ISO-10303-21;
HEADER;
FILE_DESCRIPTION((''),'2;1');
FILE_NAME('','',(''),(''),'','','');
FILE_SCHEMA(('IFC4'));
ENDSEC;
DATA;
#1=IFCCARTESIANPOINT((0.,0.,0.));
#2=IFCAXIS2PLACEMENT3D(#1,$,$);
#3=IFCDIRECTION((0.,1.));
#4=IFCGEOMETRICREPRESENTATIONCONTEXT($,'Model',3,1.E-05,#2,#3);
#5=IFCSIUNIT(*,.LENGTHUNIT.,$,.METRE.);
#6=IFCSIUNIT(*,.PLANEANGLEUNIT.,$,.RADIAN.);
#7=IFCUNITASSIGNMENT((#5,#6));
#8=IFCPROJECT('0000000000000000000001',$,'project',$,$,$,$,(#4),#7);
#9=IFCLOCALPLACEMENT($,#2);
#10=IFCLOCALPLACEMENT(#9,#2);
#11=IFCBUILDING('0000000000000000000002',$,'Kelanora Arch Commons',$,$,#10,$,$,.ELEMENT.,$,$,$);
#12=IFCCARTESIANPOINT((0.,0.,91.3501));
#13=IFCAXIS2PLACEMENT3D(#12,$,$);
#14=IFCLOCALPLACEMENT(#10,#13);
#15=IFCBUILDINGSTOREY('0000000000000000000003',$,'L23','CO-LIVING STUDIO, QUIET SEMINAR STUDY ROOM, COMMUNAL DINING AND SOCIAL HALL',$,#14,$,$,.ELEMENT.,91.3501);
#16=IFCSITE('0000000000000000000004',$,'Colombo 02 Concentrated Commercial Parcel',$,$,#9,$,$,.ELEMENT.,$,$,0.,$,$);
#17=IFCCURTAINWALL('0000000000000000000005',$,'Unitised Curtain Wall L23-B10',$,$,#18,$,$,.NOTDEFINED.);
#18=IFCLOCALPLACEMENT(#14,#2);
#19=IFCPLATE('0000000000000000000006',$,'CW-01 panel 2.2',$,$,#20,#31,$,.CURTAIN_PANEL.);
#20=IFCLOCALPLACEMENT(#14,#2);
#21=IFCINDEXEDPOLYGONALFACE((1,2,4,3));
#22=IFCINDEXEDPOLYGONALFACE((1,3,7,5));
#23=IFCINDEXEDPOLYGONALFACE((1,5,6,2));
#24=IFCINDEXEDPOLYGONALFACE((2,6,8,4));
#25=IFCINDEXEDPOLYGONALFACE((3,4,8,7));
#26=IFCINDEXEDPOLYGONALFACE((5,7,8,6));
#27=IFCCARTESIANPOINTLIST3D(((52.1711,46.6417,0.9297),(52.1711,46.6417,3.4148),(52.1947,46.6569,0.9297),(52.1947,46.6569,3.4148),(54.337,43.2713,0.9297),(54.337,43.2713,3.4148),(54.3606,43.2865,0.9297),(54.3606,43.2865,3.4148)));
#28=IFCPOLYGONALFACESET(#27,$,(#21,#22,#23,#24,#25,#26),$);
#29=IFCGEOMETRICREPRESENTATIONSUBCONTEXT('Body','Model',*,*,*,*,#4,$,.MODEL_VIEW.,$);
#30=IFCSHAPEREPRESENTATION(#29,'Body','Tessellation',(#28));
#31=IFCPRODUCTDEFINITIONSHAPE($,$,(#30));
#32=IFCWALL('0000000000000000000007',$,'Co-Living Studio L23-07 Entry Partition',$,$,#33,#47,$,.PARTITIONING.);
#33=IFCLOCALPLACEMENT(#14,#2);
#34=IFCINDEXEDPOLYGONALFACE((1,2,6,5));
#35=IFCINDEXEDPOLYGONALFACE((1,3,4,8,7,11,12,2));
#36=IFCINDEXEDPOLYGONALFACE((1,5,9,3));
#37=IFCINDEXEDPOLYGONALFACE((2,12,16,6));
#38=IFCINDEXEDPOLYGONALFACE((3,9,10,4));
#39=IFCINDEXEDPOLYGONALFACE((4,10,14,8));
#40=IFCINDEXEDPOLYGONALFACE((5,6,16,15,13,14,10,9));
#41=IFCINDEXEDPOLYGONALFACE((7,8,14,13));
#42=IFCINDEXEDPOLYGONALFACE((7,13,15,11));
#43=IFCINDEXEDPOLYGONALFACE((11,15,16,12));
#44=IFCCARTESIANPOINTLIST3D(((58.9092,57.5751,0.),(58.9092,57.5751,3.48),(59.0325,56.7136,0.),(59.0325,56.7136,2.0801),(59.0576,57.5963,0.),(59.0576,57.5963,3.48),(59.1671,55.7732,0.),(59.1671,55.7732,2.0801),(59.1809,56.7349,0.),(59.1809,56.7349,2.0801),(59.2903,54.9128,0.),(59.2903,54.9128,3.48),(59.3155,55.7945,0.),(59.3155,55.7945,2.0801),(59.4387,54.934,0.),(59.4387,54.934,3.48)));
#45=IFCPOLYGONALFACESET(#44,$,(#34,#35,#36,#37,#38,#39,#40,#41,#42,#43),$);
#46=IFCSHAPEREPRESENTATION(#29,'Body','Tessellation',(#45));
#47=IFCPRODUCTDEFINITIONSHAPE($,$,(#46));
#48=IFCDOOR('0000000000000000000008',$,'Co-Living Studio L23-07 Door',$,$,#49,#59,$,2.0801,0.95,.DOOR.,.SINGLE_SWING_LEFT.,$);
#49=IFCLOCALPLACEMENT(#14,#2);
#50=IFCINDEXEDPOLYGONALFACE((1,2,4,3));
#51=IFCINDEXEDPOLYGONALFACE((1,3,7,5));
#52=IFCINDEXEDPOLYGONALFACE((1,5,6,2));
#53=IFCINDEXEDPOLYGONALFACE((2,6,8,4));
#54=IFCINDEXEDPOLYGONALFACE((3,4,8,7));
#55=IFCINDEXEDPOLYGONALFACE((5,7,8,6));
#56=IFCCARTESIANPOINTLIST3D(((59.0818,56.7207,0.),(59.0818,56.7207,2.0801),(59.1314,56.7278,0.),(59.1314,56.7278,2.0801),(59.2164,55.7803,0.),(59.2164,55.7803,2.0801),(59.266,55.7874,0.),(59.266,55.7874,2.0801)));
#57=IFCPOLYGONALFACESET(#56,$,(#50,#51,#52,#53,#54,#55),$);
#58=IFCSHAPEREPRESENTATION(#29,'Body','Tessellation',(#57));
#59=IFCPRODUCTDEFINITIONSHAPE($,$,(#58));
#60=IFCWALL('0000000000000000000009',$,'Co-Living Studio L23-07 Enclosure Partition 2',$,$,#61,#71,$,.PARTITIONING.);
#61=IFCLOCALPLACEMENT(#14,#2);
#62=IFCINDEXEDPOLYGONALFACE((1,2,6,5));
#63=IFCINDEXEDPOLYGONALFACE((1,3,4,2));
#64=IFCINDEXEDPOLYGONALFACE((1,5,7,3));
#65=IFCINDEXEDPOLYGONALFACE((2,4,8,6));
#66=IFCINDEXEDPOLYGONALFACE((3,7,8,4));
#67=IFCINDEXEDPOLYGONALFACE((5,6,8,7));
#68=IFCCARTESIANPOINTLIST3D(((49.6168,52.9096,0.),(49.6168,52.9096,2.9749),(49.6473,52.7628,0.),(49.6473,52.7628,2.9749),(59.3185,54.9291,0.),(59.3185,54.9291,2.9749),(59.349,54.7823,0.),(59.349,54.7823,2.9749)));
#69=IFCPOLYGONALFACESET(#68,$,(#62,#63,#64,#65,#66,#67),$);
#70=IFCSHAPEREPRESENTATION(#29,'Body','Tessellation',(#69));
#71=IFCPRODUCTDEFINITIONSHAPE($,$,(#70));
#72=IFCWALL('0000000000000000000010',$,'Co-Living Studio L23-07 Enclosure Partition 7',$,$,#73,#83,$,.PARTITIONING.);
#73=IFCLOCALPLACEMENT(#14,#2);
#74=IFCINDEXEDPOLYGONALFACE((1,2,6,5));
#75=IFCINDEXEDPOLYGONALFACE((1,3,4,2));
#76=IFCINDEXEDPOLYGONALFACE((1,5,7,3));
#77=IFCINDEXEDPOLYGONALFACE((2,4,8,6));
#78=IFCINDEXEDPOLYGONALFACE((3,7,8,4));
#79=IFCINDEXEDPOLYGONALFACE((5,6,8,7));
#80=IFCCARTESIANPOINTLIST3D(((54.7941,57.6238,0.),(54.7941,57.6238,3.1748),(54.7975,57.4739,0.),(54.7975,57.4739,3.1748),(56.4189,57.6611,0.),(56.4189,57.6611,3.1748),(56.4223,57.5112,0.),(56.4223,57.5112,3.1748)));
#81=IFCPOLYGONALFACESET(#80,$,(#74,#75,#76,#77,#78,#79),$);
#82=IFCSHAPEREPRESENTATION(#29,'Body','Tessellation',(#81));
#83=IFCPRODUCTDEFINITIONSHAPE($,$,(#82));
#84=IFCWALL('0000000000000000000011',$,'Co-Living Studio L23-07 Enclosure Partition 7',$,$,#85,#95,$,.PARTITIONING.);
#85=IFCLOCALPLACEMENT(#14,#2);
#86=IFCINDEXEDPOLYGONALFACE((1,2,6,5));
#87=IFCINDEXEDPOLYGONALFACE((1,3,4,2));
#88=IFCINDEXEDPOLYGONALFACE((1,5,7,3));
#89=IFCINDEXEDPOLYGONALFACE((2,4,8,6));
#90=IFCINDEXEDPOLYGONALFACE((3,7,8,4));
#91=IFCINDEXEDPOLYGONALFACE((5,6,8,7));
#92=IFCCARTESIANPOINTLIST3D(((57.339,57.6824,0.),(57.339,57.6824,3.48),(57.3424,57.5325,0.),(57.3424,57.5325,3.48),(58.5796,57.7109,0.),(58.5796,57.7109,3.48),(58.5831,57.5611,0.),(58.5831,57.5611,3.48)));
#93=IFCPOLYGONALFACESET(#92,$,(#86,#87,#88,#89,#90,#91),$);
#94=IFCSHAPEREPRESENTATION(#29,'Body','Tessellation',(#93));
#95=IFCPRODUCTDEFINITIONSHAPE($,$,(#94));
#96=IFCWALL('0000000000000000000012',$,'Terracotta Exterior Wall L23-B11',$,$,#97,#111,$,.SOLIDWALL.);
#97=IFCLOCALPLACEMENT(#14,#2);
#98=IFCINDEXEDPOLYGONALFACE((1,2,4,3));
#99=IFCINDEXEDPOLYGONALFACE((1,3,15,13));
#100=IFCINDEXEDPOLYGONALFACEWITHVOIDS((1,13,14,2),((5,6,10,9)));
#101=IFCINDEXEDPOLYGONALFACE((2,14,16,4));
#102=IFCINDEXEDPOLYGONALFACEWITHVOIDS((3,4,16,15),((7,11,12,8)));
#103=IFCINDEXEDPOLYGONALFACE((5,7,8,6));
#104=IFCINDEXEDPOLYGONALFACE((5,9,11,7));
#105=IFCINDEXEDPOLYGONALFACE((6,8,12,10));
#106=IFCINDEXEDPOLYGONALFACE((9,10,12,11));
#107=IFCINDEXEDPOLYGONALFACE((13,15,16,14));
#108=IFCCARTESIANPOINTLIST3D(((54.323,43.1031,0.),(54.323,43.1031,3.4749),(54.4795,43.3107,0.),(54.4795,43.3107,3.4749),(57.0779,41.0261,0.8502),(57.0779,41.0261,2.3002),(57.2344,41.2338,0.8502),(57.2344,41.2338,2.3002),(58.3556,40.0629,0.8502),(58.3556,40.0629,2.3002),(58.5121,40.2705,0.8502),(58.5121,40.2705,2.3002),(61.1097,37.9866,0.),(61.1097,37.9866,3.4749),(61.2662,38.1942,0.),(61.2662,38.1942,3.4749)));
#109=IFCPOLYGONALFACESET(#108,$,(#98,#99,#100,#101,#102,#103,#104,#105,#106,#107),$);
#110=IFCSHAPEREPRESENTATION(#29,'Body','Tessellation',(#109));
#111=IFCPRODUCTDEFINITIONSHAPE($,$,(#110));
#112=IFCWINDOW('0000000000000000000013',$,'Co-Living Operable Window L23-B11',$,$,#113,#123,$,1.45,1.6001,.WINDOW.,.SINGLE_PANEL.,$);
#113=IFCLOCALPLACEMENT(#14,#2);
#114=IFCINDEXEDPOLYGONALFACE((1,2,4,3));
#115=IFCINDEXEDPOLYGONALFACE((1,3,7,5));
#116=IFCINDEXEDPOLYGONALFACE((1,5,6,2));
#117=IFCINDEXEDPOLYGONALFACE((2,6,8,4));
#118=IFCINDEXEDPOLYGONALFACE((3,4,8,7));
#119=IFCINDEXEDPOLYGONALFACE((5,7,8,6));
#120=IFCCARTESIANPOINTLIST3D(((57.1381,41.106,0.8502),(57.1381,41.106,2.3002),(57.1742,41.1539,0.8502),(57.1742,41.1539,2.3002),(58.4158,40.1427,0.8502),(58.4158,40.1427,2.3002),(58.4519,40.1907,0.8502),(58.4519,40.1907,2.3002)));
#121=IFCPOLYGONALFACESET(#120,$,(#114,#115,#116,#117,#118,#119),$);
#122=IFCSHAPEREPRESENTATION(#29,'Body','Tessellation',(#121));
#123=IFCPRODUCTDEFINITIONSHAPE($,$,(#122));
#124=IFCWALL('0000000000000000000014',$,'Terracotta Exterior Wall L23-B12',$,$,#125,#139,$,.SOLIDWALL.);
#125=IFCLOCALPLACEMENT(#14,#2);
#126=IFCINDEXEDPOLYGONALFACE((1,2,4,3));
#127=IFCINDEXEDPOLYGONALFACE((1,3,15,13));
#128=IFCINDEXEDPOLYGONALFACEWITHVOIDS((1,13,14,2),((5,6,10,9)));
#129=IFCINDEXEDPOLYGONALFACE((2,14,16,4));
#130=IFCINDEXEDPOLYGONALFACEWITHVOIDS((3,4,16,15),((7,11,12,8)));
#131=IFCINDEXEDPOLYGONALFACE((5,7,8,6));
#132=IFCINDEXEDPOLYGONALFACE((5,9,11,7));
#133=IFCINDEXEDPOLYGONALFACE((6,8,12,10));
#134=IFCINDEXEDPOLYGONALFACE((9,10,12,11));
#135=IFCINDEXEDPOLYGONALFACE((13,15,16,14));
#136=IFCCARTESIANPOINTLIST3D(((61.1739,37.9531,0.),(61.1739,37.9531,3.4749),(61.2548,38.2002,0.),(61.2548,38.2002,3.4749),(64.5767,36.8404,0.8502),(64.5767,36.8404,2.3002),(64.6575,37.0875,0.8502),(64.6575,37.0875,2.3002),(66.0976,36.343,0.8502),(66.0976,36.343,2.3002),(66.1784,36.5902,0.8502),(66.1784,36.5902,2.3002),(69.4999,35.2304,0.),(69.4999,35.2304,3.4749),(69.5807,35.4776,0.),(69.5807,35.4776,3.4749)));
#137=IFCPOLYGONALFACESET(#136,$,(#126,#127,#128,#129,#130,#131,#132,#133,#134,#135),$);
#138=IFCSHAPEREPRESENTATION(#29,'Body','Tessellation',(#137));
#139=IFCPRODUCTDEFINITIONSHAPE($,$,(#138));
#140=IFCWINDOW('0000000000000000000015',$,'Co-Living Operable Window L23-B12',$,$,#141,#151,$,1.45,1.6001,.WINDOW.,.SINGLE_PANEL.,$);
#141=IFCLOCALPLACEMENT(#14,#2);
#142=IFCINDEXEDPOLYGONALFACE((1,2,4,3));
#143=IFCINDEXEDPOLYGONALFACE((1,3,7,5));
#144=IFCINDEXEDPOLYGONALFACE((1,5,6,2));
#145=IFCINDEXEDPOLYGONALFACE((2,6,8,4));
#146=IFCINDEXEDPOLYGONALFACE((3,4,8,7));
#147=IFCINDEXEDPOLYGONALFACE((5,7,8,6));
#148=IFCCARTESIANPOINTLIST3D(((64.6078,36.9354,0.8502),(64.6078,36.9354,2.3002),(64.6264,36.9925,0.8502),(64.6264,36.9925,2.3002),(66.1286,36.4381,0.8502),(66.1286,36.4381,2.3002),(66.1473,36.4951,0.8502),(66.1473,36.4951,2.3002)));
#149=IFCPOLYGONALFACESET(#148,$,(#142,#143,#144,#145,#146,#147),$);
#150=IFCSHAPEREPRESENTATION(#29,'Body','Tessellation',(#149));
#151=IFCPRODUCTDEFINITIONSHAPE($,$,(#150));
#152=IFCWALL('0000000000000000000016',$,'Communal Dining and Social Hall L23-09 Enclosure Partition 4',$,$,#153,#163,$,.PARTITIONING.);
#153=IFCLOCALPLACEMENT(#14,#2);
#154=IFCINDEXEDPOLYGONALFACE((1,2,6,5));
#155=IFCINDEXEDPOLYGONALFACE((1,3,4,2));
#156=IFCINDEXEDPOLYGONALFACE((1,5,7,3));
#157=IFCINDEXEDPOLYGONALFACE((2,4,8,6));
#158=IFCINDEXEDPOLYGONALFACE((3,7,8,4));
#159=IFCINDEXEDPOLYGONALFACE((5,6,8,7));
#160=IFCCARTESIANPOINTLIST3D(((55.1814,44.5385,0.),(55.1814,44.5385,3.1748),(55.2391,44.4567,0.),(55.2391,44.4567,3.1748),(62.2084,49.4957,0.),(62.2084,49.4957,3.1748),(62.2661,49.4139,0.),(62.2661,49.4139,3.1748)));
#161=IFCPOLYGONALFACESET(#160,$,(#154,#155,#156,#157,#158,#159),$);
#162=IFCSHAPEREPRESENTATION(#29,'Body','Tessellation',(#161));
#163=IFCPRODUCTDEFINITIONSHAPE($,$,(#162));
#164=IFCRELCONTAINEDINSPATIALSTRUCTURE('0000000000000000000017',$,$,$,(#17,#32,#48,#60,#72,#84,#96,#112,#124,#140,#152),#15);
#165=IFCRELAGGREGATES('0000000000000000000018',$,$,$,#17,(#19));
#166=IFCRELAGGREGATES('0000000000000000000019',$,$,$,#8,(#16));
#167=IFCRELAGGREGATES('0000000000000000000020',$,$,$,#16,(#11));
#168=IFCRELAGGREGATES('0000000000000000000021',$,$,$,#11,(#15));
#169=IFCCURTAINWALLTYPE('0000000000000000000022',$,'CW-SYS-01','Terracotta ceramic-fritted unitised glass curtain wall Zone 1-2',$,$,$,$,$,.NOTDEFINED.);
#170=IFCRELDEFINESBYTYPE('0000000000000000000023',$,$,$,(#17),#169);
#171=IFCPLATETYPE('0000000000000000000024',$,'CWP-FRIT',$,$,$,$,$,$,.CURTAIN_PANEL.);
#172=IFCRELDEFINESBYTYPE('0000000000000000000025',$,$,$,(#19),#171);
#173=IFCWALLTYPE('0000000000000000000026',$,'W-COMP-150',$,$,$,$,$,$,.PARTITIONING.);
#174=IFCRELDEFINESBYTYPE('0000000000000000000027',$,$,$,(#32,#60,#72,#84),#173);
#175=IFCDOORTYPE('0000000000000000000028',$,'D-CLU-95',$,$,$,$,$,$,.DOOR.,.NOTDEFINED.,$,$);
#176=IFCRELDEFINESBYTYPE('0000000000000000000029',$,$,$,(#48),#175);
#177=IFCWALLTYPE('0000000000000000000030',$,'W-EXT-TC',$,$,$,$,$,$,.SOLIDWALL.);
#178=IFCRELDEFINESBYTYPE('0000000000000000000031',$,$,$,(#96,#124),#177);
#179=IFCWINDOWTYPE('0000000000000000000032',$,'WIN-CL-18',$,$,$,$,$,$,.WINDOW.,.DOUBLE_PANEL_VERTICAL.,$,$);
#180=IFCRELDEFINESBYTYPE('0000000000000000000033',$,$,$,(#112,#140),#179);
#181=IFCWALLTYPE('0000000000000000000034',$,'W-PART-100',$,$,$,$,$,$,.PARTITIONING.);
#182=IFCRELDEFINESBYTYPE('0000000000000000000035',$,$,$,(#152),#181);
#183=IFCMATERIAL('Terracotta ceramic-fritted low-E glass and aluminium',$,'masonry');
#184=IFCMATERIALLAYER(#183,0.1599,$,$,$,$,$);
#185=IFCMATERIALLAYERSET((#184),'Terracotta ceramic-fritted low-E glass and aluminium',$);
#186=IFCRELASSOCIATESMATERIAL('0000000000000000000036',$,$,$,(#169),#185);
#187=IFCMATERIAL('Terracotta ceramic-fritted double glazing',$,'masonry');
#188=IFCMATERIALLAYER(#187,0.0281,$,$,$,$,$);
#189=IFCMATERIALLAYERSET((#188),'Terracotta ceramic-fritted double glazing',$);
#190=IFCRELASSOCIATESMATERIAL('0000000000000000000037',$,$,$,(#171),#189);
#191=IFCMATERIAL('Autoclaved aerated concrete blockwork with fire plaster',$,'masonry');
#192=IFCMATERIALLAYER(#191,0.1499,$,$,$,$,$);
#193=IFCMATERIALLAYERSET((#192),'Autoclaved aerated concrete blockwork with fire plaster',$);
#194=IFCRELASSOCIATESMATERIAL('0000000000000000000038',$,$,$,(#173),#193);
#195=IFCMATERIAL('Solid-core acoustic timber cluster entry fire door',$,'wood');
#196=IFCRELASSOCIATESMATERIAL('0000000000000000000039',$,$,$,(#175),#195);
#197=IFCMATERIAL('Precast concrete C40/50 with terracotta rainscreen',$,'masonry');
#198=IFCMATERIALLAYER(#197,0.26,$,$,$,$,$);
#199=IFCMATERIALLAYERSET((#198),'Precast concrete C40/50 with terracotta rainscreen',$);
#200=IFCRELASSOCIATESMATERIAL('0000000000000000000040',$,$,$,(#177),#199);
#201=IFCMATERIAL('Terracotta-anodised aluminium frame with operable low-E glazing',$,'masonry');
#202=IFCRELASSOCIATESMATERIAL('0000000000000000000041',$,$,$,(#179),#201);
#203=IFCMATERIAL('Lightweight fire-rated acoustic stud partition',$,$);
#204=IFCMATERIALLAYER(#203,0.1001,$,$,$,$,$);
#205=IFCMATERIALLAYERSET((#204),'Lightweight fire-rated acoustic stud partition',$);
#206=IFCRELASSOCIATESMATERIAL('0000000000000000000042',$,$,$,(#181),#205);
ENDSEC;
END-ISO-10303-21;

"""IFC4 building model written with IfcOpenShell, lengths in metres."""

from ifc_helpers import new_model, si_unit, direction, frame, frame_2d, origin, origin_2d, place, context, subcontext, project, spatial, rectangle, extrude, source, transform, mapped, material, layer, layer_set, type_object, element, fill, aggregate, save


model = new_model("IFC4")

# Units and contexts
model_context = context("Model", 3, precision=1e-05, world=origin(), true_north=direction((0.0, 1.0)))
body_context = subcontext(model_context, "Body", "Model", "MODEL_VIEW")
ifc_project = project(units=[si_unit("LENGTHUNIT", "METRE"), si_unit("PLANEANGLEUNIT", "RADIAN")], contexts=[model_context])

# Site, building, storey
site_placement = place(None, origin())
site = spatial("IfcSite", under=ifc_project, at=site_placement, Name="Colombo 02 Concentrated Commercial Parcel", CompositionType="ELEMENT", RefElevation=0.0)
building_placement = place(site_placement, origin())
building = spatial("IfcBuilding", under=site, at=building_placement, Name="Kelanora Arch Commons", CompositionType="ELEMENT")
storey_placement = place(building_placement, frame((0.0, 0.0, 91.3501)))
storey = spatial("IfcBuildingStorey", under=building, at=storey_placement, Name="L23", Description="CO-LIVING STUDIO, QUIET SEMINAR STUDY ROOM, COMMUNAL DINING AND SOCIAL HALL", CompositionType="ELEMENT", Elevation=91.3501)

# Curtain wall, plate
ifc_material_1 = material(Name="Terracotta ceramic-fritted low-E glass and aluminium", Category="masonry")
ifc_layer_1 = layer(ifc_material_1, 0.1599)
ifc_layer_set_1 = layer_set([ifc_layer_1], Name="Terracotta ceramic-fritted low-E glass and aluminium")
curtain_wall_type = type_object("IfcCurtainWallType", Name="CW-SYS-01", Description="Terracotta ceramic-fritted unitised glass curtain wall Zone 1-2", PredefinedType="NOTDEFINED", material=ifc_layer_set_1)
curtain_wall_placement = place(storey_placement, origin())
curtain_wall = element("IfcCurtainWall", 1, at=curtain_wall_placement, inside=storey, type_object=curtain_wall_type, Name="Unitised Curtain Wall L23-B10", PredefinedType="NOTDEFINED")
ifc_material_2 = material(Name="Terracotta ceramic-fritted double glazing", Category="masonry")
ifc_layer_2 = layer(ifc_material_2, 0.0281)
ifc_layer_set_2 = layer_set([ifc_layer_2], Name="Terracotta ceramic-fritted double glazing")
plate_type = type_object("IfcPlateType", Name="CWP-FRIT", PredefinedType="CURTAIN_PANEL", material=ifc_layer_set_2)
shared_shape_1 = source(origin(), body_context, "Body", "SweptSolid", [
    extrude(rectangle(XDim=4.0063, YDim=0.0281, at=origin_2d()), origin(), (0.0, 0.0, 1.0), 2.4851),
])
plate_1_placement = place(storey_placement, frame((53.2659, 44.9641, 0.9297), z_axis=(0.0, 0.0, 1.0), x_axis=(0.540617, -0.841269, 0.0)))
plate_1 = element("IfcPlate", 2, at=plate_1_placement, type_object=plate_type, Name="CW-01 panel 2.2", PredefinedType="CURTAIN_PANEL", context=body_context, shape_type="MappedRepresentation", body=[
    mapped(shared_shape_1, transform((0.0, 0.0, 0.0), scale=1.0)),
])
aggregate(curtain_wall, [plate_1])

# Wall, opening, door
ifc_material_3 = material(Name="Autoclaved aerated concrete blockwork with fire plaster", Category="masonry")
ifc_layer_3 = layer(ifc_material_3, 0.1499)
ifc_layer_set_3 = layer_set([ifc_layer_3], Name="Autoclaved aerated concrete blockwork with fire plaster")
wall_type_1 = type_object("IfcWallType", Name="W-COMP-150", PredefinedType="PARTITIONING", material=ifc_layer_set_3)
wall_1_placement = place(storey_placement, frame((58.9834, 57.5857, 0.0), z_axis=(0.0, 0.0, 1.0), x_axis=(0.141701, -0.98991, 0.0)))
wall_1 = element("IfcWall", 3, at=wall_1_placement, inside=storey, type_object=wall_type_1, Name="Co-Living Studio L23-07 Entry Partition", PredefinedType="PARTITIONING", context=body_context, shape_type="SweptSolid", body=[
    extrude(rectangle(XDim=2.6895, YDim=0.1499, at=frame_2d((1.3447, 0.0))), origin(), (0.0, 0.0, 1.0), 3.48),
])
opening_1_placement = place(wall_1_placement, frame((0.8701, 0.0, 0.0)))
opening_1 = element("IfcOpeningElement", 4, at=opening_1_placement, cuts=wall_1, PredefinedType="OPENING", context=body_context, shape_type="SweptSolid", body=[
    extrude(rectangle(XDim=0.95, YDim=2.0801, at=frame_2d((0.4751, 1.04))), frame((0.0, 0.085, 0.0), z_axis=(0.0, -1.0, 0.0), x_axis=(1.0, 0.0, 0.0)), (0.0, 0.0, 1.0), 0.1699),
])
ifc_material_4 = material(Name="Solid-core acoustic timber cluster entry fire door", Category="wood")
door_type_1 = type_object("IfcDoorType", Name="D-CLU-95", OperationType="NOTDEFINED", PredefinedType="DOOR", material=ifc_material_4)
door_1_placement = place(opening_1_placement, origin())
door_1 = element("IfcDoor", 5, at=door_1_placement, inside=storey, type_object=door_type_1, Name="Co-Living Studio L23-07 Door", OperationType="SINGLE_SWING_LEFT", OverallHeight=2.0801, OverallWidth=0.95, PredefinedType="DOOR", context=body_context, shape_type="SweptSolid", body=[
    extrude(rectangle(XDim=0.95, YDim=2.0801, at=frame_2d((0.4751, 1.04))), frame((0.0, 0.0249, 0.0), z_axis=(0.0, -1.0, 0.0), x_axis=(1.0, 0.0, 0.0)), (0.0, 0.0, 1.0), 0.05),
])
fill(opening_1, door_1)

# Walls
wall_2_placement = place(storey_placement, frame((59.3337, 54.8557, 0.0), z_axis=(0.0, 0.0, 1.0), x_axis=(-0.979014, -0.203795, 0.0)))
element("IfcWall", 6, at=wall_2_placement, inside=storey, type_object=wall_type_1, Name="Co-Living Studio L23-07 Enclosure Partition 2", PredefinedType="PARTITIONING", context=body_context, shape_type="SweptSolid", body=[
    extrude(rectangle(XDim=9.9097, YDim=0.1499, at=frame_2d((4.9548, 0.0))), origin(), (0.0, 0.0, 1.0), 2.9749),
])
wall_3_placement = place(storey_placement, frame((54.7959, 57.5488, 0.0), z_axis=(0.0, 0.0, 1.0), x_axis=(0.999736, 0.022984, 0.0)))
element("IfcWall", 7, at=wall_3_placement, inside=storey, type_object=wall_type_1, Name="Co-Living Studio L23-07 Enclosure Partition 7", PredefinedType="PARTITIONING", context=body_context, shape_type="SweptSolid", body=[
    extrude(rectangle(XDim=1.6252, YDim=0.1499, at=frame_2d((0.8125, 0.0))), origin(), (0.0, 0.0, 1.0), 3.1748),
])
wall_4_placement = place(storey_placement, frame((57.3406, 57.6074, 0.0), z_axis=(0.0, 0.0, 1.0), x_axis=(0.999735, 0.023016, 0.0)))
element("IfcWall", 8, at=wall_4_placement, inside=storey, type_object=wall_type_1, Name="Co-Living Studio L23-07 Enclosure Partition 7", PredefinedType="PARTITIONING", context=body_context, shape_type="SweptSolid", body=[
    extrude(rectangle(XDim=1.241, YDim=0.1499, at=frame_2d((0.6206, 0.0))), origin(), (0.0, 0.0, 1.0), 3.48),
])

# Walls, openings, windows
ifc_material_5 = material(Name="Precast concrete C40/50 with terracotta rainscreen", Category="masonry")
ifc_layer_4 = layer(ifc_material_5, 0.26)
ifc_layer_set_4 = layer_set([ifc_layer_4], Name="Precast concrete C40/50 with terracotta rainscreen")
wall_type_2 = type_object("IfcWallType", Name="W-EXT-TC", PredefinedType="SOLIDWALL", material=ifc_layer_set_4)
wall_5_placement = place(storey_placement, frame((54.4014, 43.2068, 0.0), z_axis=(0.0, 0.0, 1.0), x_axis=(0.798502, -0.601993, 0.0)))
wall_5 = element("IfcWall", 9, at=wall_5_placement, inside=storey, type_object=wall_type_2, Name="Terracotta Exterior Wall L23-B11", PredefinedType="SOLIDWALL", context=body_context, shape_type="SweptSolid", body=[
    extrude(rectangle(XDim=8.4993, YDim=0.26, at=frame_2d((4.2495, 0.0))), origin(), (0.0, 0.0, 1.0), 3.4749),
])
opening_2_placement = place(wall_5_placement, frame((3.45, 0.0, 0.8501)))
opening_2 = element("IfcOpeningElement", 10, at=opening_2_placement, cuts=wall_5, PredefinedType="OPENING", context=body_context, shape_type="SweptSolid", body=[
    extrude(rectangle(XDim=1.6001, YDim=1.45, at=frame_2d((0.8, 0.7251))), frame((0.0, 0.1401, 0.0), z_axis=(0.0, -1.0, 0.0), x_axis=(1.0, 0.0, 0.0)), (0.0, 0.0, 1.0), 0.28),
])
ifc_material_6 = material(Name="Terracotta-anodised aluminium frame with operable low-E glazing", Category="masonry")
window_type = type_object("IfcWindowType", Name="WIN-CL-18", PartitioningType="DOUBLE_PANEL_VERTICAL", PredefinedType="WINDOW", material=ifc_material_6)
window_1_placement = place(opening_2_placement, origin())
window_1 = element("IfcWindow", 11, at=window_1_placement, inside=storey, type_object=window_type, Name="Co-Living Operable Window L23-B11", OverallHeight=1.45, OverallWidth=1.6001, PartitioningType="SINGLE_PANEL", PredefinedType="WINDOW", context=body_context, shape_type="SweptSolid", body=[
    extrude(rectangle(XDim=1.6001, YDim=1.45, at=frame_2d((0.8, 0.7251))), frame((0.0, 0.03, 0.0), z_axis=(0.0, -1.0, 0.0), x_axis=(1.0, 0.0, 0.0)), (0.0, 0.0, 1.0), 0.0601),
])
fill(opening_2, window_1)
wall_6_placement = place(storey_placement, frame((61.2144, 38.0767, 0.0), z_axis=(0.0, 0.0, 1.0), x_axis=(0.950471, -0.310813, 0.0)))
wall_6 = element("IfcWall", 12, at=wall_6_placement, inside=storey, type_object=wall_type_2, Name="Terracotta Exterior Wall L23-B12", PredefinedType="SOLIDWALL", context=body_context, shape_type="SweptSolid", body=[
    extrude(rectangle(XDim=8.7598, YDim=0.26, at=frame_2d((4.3799, 0.0))), origin(), (0.0, 0.0, 1.0), 3.4749),
])
opening_3_placement = place(wall_6_placement, frame((3.5801, 0.0, 0.8501)))
opening_3 = element("IfcOpeningElement", 13, at=opening_3_placement, cuts=wall_6, PredefinedType="OPENING", context=body_context, shape_type="SweptSolid", body=[
    extrude(rectangle(XDim=1.6001, YDim=1.45, at=frame_2d((0.8, 0.7251))), frame((0.0, 0.1401, 0.0), z_axis=(0.0, -1.0, 0.0), x_axis=(1.0, 0.0, 0.0)), (0.0, 0.0, 1.0), 0.28),
])
window_2_placement = place(opening_3_placement, origin())
window_2 = element("IfcWindow", 14, at=window_2_placement, inside=storey, type_object=window_type, Name="Co-Living Operable Window L23-B12", OverallHeight=1.45, OverallWidth=1.6001, PartitioningType="SINGLE_PANEL", PredefinedType="WINDOW", context=body_context, shape_type="SweptSolid", body=[
    extrude(rectangle(XDim=1.6001, YDim=1.45, at=frame_2d((0.8, 0.7251))), frame((0.0, 0.03, 0.0), z_axis=(0.0, -1.0, 0.0), x_axis=(1.0, 0.0, 0.0)), (0.0, 0.0, 1.0), 0.0601),
])
fill(opening_3, window_2)

# Wall
ifc_material_7 = material(Name="Lightweight fire-rated acoustic stud partition")
ifc_layer_5 = layer(ifc_material_7, 0.1001)
ifc_layer_set_5 = layer_set([ifc_layer_5], Name="Lightweight fire-rated acoustic stud partition")
wall_type_3 = type_object("IfcWallType", Name="W-PART-100", PredefinedType="PARTITIONING", material=ifc_layer_set_5)
wall_7_placement = place(storey_placement, frame((55.2102, 44.4976, 0.0), z_axis=(0.0, 0.0, 1.0), x_axis=(0.817134, 0.576448, 0.0)))
element("IfcWall", 15, at=wall_7_placement, inside=storey, type_object=wall_type_3, Name="Communal Dining and Social Hall L23-09 Enclosure Partition 4", PredefinedType="PARTITIONING", context=body_context, shape_type="SweptSolid", body=[
    extrude(rectangle(XDim=8.5996, YDim=0.1001, at=frame_2d((4.2998, 0.0))), origin(), (0.0, 0.0, 1.0), 3.1748),
])

save(model, "model.ifc")
